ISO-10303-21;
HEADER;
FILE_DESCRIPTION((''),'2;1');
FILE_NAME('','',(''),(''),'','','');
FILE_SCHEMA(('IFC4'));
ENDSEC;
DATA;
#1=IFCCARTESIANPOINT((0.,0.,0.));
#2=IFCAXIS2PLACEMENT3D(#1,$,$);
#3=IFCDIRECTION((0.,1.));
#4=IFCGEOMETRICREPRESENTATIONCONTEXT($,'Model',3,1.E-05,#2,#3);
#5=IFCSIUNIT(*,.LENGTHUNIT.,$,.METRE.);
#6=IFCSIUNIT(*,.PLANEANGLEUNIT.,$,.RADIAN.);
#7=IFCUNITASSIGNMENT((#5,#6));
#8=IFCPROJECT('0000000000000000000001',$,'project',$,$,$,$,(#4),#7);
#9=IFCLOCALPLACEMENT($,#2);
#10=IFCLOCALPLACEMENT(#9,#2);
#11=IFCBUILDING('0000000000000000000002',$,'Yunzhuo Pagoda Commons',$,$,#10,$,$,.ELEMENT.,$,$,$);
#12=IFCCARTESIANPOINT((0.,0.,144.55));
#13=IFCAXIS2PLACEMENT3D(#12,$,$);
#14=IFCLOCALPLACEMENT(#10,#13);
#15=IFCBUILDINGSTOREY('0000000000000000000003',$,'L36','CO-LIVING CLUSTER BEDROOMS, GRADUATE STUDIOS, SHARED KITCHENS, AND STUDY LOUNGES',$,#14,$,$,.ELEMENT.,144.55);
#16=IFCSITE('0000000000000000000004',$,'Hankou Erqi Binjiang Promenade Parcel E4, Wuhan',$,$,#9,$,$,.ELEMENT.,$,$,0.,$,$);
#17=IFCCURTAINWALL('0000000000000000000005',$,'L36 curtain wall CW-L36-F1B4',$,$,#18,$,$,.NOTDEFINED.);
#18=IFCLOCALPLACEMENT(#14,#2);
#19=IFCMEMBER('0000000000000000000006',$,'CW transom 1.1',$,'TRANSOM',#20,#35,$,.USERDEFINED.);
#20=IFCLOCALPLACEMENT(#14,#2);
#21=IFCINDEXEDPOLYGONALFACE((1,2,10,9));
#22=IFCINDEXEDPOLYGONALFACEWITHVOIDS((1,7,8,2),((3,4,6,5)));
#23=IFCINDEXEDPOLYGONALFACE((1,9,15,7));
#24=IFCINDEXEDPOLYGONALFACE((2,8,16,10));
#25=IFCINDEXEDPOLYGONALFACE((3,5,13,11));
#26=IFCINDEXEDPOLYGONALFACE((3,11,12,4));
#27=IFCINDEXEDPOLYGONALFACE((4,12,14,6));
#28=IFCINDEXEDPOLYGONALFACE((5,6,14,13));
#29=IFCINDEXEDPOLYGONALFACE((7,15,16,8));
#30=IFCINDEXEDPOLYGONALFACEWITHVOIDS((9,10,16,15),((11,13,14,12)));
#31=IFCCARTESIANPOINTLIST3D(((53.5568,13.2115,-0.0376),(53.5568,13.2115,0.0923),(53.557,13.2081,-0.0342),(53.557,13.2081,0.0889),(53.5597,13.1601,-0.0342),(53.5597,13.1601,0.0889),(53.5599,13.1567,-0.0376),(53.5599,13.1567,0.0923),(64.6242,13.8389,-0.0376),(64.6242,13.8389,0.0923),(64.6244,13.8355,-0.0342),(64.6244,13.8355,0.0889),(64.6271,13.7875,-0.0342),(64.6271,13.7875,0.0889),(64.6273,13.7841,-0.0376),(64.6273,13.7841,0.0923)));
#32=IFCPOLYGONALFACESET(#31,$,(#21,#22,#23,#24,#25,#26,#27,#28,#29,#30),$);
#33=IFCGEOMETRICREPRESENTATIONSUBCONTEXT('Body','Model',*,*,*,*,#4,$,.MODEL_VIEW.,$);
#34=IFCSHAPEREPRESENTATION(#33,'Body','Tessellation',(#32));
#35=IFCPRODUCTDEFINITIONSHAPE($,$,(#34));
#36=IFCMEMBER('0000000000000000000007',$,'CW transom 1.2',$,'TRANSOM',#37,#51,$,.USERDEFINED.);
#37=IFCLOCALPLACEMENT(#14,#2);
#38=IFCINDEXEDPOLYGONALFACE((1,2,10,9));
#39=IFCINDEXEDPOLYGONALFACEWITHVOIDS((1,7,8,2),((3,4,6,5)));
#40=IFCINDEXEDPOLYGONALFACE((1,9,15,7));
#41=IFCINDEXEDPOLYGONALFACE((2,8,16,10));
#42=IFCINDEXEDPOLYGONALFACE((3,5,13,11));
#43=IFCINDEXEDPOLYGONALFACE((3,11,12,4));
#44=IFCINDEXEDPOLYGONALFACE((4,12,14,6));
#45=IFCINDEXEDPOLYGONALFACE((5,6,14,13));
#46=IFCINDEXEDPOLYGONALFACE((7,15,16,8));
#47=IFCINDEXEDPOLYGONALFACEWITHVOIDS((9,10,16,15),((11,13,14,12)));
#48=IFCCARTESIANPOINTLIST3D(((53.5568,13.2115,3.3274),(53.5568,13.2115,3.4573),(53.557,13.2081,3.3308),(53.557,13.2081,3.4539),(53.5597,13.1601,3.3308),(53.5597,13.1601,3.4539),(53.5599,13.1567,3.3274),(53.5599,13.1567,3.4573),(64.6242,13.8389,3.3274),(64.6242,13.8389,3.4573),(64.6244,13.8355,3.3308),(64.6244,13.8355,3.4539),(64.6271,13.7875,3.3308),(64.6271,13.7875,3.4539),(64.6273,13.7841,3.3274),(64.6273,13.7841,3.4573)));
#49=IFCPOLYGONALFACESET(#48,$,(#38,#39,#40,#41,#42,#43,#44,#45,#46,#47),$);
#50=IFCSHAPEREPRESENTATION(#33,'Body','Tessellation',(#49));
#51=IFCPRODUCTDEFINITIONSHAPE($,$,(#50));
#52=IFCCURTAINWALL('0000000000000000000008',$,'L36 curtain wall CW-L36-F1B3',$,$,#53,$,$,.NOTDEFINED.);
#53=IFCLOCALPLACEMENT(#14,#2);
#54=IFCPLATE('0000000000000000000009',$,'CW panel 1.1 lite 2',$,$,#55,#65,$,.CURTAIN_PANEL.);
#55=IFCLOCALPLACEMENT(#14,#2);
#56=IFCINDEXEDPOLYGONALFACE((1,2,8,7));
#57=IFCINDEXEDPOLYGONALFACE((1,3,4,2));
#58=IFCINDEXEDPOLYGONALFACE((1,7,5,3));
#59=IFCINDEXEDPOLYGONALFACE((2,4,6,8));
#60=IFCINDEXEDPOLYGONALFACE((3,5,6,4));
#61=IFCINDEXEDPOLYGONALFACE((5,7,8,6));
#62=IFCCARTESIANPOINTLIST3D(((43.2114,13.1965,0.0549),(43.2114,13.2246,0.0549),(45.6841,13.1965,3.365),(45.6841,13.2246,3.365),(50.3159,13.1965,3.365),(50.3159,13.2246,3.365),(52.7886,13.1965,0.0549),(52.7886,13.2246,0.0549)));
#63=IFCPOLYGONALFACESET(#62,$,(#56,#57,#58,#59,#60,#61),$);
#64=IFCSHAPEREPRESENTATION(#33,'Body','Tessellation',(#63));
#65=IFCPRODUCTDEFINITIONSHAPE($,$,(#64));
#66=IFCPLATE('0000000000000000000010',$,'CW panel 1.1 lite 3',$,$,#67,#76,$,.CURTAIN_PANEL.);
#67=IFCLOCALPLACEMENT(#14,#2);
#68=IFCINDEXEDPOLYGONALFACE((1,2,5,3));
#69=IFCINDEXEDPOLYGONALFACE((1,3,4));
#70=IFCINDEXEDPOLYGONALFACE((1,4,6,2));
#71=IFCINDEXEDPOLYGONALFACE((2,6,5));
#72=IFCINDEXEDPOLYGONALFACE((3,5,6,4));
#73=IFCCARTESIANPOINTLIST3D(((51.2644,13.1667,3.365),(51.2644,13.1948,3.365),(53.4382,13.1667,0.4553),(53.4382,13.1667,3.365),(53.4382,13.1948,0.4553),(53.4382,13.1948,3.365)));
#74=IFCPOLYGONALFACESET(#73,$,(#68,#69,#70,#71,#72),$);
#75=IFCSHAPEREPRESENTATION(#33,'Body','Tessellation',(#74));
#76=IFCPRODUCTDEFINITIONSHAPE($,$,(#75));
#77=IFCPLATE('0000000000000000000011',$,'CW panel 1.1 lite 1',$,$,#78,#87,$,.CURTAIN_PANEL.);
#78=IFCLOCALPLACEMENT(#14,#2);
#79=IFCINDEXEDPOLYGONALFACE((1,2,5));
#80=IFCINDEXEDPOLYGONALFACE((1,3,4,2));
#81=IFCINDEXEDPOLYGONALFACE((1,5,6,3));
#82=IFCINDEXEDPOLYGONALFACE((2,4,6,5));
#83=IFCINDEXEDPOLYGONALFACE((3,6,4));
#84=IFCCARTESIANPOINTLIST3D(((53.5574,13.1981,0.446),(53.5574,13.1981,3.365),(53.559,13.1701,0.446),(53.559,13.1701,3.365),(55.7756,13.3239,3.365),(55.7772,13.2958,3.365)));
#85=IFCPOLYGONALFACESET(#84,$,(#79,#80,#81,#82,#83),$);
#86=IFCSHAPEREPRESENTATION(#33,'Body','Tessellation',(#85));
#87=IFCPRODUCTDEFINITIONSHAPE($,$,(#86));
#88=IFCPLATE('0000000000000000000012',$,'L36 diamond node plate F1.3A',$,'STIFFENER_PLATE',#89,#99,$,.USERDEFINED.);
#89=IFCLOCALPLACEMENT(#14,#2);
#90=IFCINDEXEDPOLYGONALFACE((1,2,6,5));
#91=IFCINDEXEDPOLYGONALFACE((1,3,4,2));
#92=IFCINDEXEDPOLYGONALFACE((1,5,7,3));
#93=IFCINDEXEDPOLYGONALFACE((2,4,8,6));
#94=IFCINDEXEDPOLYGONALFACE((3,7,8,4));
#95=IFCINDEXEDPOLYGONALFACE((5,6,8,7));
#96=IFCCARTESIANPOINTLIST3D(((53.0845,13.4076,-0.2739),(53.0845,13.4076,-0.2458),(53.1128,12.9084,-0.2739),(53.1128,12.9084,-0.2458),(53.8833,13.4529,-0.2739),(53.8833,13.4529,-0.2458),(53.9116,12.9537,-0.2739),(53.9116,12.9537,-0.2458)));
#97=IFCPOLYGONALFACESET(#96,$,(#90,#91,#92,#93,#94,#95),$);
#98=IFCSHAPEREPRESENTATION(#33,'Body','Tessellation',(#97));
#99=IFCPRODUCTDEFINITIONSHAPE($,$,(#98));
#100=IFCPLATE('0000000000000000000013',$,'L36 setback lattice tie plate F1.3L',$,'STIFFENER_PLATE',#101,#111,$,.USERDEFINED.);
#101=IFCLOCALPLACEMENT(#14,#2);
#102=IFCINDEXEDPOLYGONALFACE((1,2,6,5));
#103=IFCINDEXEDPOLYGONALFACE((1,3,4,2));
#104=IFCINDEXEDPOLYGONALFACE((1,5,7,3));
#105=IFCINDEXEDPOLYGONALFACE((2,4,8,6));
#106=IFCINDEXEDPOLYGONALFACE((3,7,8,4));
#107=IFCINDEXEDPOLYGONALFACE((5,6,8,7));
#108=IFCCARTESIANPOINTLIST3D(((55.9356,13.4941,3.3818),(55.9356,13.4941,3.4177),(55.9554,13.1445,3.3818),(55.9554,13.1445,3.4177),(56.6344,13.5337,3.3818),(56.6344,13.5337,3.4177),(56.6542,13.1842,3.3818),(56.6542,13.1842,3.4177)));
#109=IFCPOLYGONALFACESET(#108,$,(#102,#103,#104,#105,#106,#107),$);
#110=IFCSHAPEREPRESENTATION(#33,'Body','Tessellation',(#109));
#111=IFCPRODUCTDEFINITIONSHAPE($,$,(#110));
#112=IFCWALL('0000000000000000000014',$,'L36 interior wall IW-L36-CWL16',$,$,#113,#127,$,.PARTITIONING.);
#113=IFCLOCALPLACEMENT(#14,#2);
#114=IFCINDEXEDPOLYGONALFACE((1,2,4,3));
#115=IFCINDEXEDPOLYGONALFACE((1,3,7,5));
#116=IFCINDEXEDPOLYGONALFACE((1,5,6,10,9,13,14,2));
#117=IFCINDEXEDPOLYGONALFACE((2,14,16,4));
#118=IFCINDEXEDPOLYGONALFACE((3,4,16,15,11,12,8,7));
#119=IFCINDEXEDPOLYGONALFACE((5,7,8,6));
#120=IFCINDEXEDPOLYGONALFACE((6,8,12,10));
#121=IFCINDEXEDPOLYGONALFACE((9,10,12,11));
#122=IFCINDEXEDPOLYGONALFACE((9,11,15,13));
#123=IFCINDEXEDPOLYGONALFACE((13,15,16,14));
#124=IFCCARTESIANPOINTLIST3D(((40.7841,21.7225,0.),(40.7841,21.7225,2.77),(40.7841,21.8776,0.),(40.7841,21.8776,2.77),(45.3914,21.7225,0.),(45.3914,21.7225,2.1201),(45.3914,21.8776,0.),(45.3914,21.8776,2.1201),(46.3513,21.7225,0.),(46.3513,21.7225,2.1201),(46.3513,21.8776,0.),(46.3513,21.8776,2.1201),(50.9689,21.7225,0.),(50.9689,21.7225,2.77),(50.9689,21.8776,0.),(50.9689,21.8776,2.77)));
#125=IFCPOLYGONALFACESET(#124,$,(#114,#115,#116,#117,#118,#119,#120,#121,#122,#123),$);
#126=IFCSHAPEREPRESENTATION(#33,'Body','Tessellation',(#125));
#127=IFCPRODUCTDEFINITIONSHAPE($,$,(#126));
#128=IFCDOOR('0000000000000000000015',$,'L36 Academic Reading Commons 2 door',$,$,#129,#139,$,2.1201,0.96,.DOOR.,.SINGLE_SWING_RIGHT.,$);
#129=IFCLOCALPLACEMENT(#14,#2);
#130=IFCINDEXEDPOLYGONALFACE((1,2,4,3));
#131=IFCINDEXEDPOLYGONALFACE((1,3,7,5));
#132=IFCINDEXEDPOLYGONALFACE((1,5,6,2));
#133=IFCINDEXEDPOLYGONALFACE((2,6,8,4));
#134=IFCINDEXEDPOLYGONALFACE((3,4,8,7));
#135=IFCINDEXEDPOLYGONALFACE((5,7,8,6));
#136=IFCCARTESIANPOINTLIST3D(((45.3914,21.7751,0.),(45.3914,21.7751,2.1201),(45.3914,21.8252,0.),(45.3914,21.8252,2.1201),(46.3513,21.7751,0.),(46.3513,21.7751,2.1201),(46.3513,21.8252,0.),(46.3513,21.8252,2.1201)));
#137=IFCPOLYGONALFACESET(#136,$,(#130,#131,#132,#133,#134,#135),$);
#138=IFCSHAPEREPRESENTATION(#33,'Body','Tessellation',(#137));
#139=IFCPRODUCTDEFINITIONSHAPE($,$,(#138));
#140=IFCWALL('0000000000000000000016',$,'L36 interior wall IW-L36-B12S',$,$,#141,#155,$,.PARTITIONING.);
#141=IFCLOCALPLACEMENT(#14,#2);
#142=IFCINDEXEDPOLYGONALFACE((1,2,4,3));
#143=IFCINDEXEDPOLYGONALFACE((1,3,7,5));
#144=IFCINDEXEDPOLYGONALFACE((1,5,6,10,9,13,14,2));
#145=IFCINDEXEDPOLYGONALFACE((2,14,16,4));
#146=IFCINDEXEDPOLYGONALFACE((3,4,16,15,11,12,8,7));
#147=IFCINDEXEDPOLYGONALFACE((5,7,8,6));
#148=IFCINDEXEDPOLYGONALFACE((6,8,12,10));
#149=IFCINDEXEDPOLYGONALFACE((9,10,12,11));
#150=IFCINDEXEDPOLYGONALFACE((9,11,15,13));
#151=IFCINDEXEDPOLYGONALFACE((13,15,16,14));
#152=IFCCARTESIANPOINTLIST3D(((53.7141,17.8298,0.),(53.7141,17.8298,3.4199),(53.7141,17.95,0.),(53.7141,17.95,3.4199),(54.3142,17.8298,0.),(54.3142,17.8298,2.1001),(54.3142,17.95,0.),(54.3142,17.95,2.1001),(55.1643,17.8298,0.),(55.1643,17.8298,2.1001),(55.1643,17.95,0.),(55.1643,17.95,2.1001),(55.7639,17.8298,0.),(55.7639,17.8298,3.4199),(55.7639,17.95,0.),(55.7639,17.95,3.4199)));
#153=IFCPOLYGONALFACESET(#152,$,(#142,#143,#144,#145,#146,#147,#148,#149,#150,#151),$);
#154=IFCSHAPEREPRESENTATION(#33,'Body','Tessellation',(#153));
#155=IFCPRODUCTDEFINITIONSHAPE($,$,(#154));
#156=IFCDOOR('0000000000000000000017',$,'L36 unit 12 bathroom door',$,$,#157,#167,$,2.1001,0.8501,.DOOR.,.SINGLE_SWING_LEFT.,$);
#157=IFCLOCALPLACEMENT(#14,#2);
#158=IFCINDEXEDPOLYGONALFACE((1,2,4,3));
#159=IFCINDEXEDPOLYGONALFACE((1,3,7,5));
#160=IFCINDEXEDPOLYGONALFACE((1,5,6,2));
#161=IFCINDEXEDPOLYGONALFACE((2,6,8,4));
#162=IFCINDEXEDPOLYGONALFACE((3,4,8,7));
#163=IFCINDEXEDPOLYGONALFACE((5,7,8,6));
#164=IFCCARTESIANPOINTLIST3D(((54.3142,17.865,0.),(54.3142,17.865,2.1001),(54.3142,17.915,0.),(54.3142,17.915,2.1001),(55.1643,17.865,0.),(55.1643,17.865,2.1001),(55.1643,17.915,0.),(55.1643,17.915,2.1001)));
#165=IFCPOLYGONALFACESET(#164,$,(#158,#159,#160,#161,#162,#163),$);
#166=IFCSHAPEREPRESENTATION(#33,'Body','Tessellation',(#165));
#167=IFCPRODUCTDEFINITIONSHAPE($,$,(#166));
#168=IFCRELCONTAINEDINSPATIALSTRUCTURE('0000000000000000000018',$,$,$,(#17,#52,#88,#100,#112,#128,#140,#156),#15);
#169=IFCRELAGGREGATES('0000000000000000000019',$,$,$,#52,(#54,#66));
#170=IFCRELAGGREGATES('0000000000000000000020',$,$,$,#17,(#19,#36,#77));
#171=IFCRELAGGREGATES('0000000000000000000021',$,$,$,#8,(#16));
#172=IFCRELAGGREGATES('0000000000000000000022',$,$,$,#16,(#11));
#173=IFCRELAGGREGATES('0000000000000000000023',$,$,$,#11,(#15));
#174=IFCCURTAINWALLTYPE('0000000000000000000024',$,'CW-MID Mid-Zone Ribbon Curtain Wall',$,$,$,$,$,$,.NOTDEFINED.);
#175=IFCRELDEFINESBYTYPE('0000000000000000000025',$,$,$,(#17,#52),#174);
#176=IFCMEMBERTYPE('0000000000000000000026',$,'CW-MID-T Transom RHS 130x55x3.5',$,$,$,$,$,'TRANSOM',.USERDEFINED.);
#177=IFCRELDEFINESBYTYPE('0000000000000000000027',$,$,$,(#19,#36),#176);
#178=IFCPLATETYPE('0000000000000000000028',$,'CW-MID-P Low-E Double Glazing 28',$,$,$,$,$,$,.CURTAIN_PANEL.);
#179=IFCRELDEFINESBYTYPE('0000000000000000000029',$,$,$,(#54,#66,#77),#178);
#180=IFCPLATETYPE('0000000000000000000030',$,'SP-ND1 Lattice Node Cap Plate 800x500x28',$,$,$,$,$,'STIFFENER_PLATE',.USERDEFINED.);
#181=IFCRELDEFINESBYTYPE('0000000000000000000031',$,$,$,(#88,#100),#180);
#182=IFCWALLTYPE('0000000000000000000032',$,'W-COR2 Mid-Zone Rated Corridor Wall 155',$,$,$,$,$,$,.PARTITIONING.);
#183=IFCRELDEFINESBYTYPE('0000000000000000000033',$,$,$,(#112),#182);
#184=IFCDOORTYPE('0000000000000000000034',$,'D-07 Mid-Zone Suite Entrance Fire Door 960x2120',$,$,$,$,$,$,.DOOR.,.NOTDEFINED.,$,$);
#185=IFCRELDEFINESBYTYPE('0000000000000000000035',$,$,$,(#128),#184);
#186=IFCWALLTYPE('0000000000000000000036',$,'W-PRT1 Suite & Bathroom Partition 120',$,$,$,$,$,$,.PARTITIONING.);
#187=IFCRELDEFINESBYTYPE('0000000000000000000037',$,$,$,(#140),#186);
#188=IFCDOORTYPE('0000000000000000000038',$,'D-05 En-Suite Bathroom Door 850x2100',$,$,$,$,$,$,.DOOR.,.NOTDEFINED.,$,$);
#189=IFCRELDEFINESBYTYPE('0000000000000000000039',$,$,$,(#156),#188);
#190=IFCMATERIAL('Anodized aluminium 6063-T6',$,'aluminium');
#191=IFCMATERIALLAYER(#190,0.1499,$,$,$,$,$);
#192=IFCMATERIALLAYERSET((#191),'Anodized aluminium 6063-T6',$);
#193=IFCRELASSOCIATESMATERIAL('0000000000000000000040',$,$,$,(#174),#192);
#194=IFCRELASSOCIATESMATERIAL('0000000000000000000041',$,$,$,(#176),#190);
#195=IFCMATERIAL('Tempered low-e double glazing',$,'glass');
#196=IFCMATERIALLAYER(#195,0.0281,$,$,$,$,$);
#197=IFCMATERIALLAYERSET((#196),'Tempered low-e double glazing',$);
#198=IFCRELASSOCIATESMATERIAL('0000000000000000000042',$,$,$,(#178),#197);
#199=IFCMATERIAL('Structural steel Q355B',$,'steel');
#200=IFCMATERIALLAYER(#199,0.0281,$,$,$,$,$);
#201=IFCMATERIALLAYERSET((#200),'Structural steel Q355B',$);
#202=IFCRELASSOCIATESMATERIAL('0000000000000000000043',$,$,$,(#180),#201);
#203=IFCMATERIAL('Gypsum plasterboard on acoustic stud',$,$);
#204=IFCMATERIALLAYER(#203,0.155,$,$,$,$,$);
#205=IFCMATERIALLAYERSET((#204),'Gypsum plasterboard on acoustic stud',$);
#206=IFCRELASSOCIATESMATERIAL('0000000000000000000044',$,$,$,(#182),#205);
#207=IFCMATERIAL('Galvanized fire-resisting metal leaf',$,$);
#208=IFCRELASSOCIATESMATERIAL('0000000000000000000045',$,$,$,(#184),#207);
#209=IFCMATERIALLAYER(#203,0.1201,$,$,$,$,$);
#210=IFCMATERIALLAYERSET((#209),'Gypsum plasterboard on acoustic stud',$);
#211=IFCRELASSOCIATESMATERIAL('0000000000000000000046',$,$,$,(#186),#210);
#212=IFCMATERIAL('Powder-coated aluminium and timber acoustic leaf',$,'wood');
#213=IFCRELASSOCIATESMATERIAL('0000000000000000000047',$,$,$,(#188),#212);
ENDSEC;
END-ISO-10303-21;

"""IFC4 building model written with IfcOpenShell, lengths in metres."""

from ifc_helpers import new_model, si_unit, direction, frame, frame_2d, origin, origin_with_axes, origin_2d, place, context, subcontext, project, spatial, polyline, rectangle, hollow_rectangle, outline, extrude, source, transform, mapped, material, layer, layer_set, material_profile, profile_set, type_object, element, fill, aggregate, save


model = new_model("IFC4")

# Units and contexts
model_context = context("Model", 3, precision=1e-05, world=origin(), true_north=direction((0.0, 1.0)))
body_context = subcontext(model_context, "Body", "Model", "MODEL_VIEW")
ifc_project = project(units=[si_unit("LENGTHUNIT", "METRE"), si_unit("PLANEANGLEUNIT", "RADIAN")], contexts=[model_context])

# Site, building, storey
site_placement = place(None, origin())
site = spatial("IfcSite", under=ifc_project, at=site_placement, Name="Hankou Erqi Binjiang Promenade Parcel E4, Wuhan", CompositionType="ELEMENT", RefElevation=0.0)
building_placement = place(site_placement, origin())
building = spatial("IfcBuilding", under=site, at=building_placement, Name="Yunzhuo Pagoda Commons", CompositionType="ELEMENT")
storey_placement = place(building_placement, frame((0.0, 0.0, 144.55)))
storey = spatial("IfcBuildingStorey", under=building, at=storey_placement, Name="L36", Description="CO-LIVING CLUSTER BEDROOMS, GRADUATE STUDIOS, SHARED KITCHENS, AND STUDY LOUNGES", CompositionType="ELEMENT", Elevation=144.55)

# Shared definitions
ifc_material_1 = material(Name="Structural steel Q355B", Category="steel")

# Curtain wall, members
ifc_material_2 = material(Name="Anodized aluminium 6063-T6", Category="aluminium")
ifc_layer_1 = layer(ifc_material_2, 0.1499)
ifc_layer_set_1 = layer_set([ifc_layer_1], Name="Anodized aluminium 6063-T6")
curtain_wall_type = type_object("IfcCurtainWallType", Name="CW-MID Mid-Zone Ribbon Curtain Wall", PredefinedType="NOTDEFINED", material=ifc_layer_set_1)
curtain_wall_1_placement = place(storey_placement, origin())
curtain_wall_1 = element("IfcCurtainWall", 1, at=curtain_wall_1_placement, inside=storey, type_object=curtain_wall_type, Name="L36 curtain wall CW-L36-F1B4", PredefinedType="NOTDEFINED")
ifc_material_profile_1 = material_profile(ifc_material_2, hollow_rectangle(XDim=0.0549, YDim=0.1299, WallThickness=0.0034, at=origin_2d()), Name="Anodized aluminium 6063-T6")
ifc_profile_set_1 = profile_set([ifc_material_profile_1], Name="Anodized aluminium 6063-T6")
member_type_1 = type_object("IfcMemberType", Name="CW-MID-T Transom RHS 130x55x3.5", ElementType="TRANSOM", PredefinedType="USERDEFINED", material=ifc_profile_set_1)
shared_shape_1 = source(origin(), body_context, "Body", "SweptSolid", [
    extrude(hollow_rectangle(XDim=0.0549, YDim=0.1299, WallThickness=0.0034, at=origin_2d()), origin(), (0.0, 0.0, 1.0), 11.0852),
])
member_1_placement = place(storey_placement, frame((53.5583, 13.1841, 0.0273), z_axis=(0.998397, 0.056602, 0.0), x_axis=(-0.056602, 0.998397, 0.0)))
member_1 = element("IfcMember", 2, at=member_1_placement, type_object=member_type_1, Name="CW transom 1.1", ObjectType="TRANSOM", PredefinedType="USERDEFINED", context=body_context, shape_type="MappedRepresentation", body=[
    mapped(shared_shape_1, transform((0.0, 0.0, 0.0), scale=1.0)),
])
member_2_placement = place(storey_placement, frame((53.5583, 13.1841, 3.3923), z_axis=(0.998397, 0.056602, 0.0), x_axis=(-0.056602, 0.998397, 0.0)))
member_2 = element("IfcMember", 3, at=member_2_placement, type_object=member_type_1, Name="CW transom 1.2", ObjectType="TRANSOM", PredefinedType="USERDEFINED", context=body_context, shape_type="MappedRepresentation", body=[
    mapped(shared_shape_1, transform((0.0, 0.0, 0.0), scale=1.0)),
])

# Curtain wall, plates
curtain_wall_2_placement = place(storey_placement, origin())
curtain_wall_2 = element("IfcCurtainWall", 4, at=curtain_wall_2_placement, inside=storey, type_object=curtain_wall_type, Name="L36 curtain wall CW-L36-F1B3", PredefinedType="NOTDEFINED")
ifc_material_3 = material(Name="Tempered low-e double glazing", Category="glass")
ifc_layer_2 = layer(ifc_material_3, 0.0281)
ifc_layer_set_2 = layer_set([ifc_layer_2], Name="Tempered low-e double glazing")
plate_type_1 = type_object("IfcPlateType", Name="CW-MID-P Low-E Double Glazing 28", PredefinedType="CURTAIN_PANEL", material=ifc_layer_set_2)
plate_1_placement = place(storey_placement, frame((48.0, 13.2246, 1.71), z_axis=(0.0, -1.0, 0.0), x_axis=(1.0, 0.0, 0.0)))
plate_1 = element("IfcPlate", 5, at=plate_1_placement, type_object=plate_type_1, Name="CW panel 1.1 lite 2", PredefinedType="CURTAIN_PANEL", context=body_context, shape_type="SweptSolid", body=[
    extrude(outline(polyline([(-4.7886, -1.655), (4.7886, -1.655), (2.3159, 1.655), (-2.3159, 1.655), (-4.7886, -1.655)])), origin(), (0.0, 0.0, 1.0), 0.0281),
])
plate_2_placement = place(storey_placement, frame((52.3513, 13.1948, 1.9102), z_axis=(0.0, -1.0, 0.0), x_axis=(1.0, 0.0, 0.0)))
plate_2 = element("IfcPlate", 6, at=plate_2_placement, type_object=plate_type_1, Name="CW panel 1.1 lite 3", PredefinedType="CURTAIN_PANEL", context=body_context, shape_type="SweptSolid", body=[
    extrude(outline(polyline([(-1.0869, 1.4548), (1.0869, -1.4548), (1.0869, 1.4548), (-1.0869, 1.4548)])), origin(), (0.0, 0.0, 1.0), 0.0281),
])
aggregate(curtain_wall_2, [plate_1, plate_2])

# Plate
plate_3_placement = place(storey_placement, frame((54.6665, 13.261, 1.9055), z_axis=(0.056597, -0.998397, 0.0), x_axis=(0.998397, 0.056597, 0.0)))
plate_3 = element("IfcPlate", 7, at=plate_3_placement, type_object=plate_type_1, Name="CW panel 1.1 lite 1", PredefinedType="CURTAIN_PANEL", context=body_context, shape_type="SweptSolid", body=[
    extrude(outline(polyline([(-1.1108, -1.4595), (1.1108, 1.4595), (-1.1108, 1.4595), (-1.1108, -1.4595)])), origin(), (0.0, 0.0, 1.0), 0.0281),
])
aggregate(curtain_wall_1, [member_1, member_2, plate_3])

# Plates
ifc_layer_3 = layer(ifc_material_1, 0.0281)
ifc_layer_set_3 = layer_set([ifc_layer_3], Name="Structural steel Q355B")
plate_type_2 = type_object("IfcPlateType", Name="SP-ND1 Lattice Node Cap Plate 800x500x28", ElementType="STIFFENER_PLATE", PredefinedType="USERDEFINED", material=ifc_layer_set_3)
shared_shape_2 = source(origin(), body_context, "Body", "SweptSolid", [
    extrude(rectangle(XDim=0.8, YDim=0.5, at=origin_2d()), origin(), (0.0, 0.0, 1.0), 0.0281),
])
plate_4_placement = place(storey_placement, frame((53.498, 13.1807, -0.2739), z_axis=(0.0, 0.0, 1.0), x_axis=(0.998397, 0.056606, 0.0)))
element("IfcPlate", 8, at=plate_4_placement, inside=storey, type_object=plate_type_2, Name="L36 diamond node plate F1.3A", ObjectType="STIFFENER_PLATE", PredefinedType="USERDEFINED", context=body_context, shape_type="MappedRepresentation", body=[
    mapped(shared_shape_2, transform((0.0, 0.0, 0.0), scale=1.0)),
])
shared_shape_3 = source(origin(), body_context, "Body", "SweptSolid", [
    extrude(rectangle(XDim=0.7, YDim=0.3501, at=origin_2d()), origin(), (0.0, 0.0, 1.0), 0.0359),
])
plate_5_placement = place(storey_placement, frame((56.2949, 13.3391, 3.3818), z_axis=(0.0, 0.0, 1.0), x_axis=(0.998397, 0.056606, 0.0)))
element("IfcPlate", 9, at=plate_5_placement, inside=storey, type_object=plate_type_2, Name="L36 setback lattice tie plate F1.3L", ObjectType="STIFFENER_PLATE", PredefinedType="USERDEFINED", context=body_context, shape_type="MappedRepresentation", body=[
    mapped(shared_shape_3, transform((0.0, 0.0, 0.0), scale=1.0)),
])

# Walls, openings, doors
ifc_material_4 = material(Name="Gypsum plasterboard on acoustic stud")
ifc_layer_4 = layer(ifc_material_4, 0.155)
ifc_layer_set_4 = layer_set([ifc_layer_4], Name="Gypsum plasterboard on acoustic stud")
wall_type_1 = type_object("IfcWallType", Name="W-COR2 Mid-Zone Rated Corridor Wall 155", PredefinedType="PARTITIONING", material=ifc_layer_set_4)
wall_1_placement = place(storey_placement, frame((50.9688, 21.8, 0.0), z_axis=(0.0, 0.0, 1.0), x_axis=(-1.0, 0.0, 0.0)))
wall_1 = element("IfcWall", 10, at=wall_1_placement, inside=storey, type_object=wall_type_1, Name="L36 interior wall IW-L36-CWL16", PredefinedType="PARTITIONING", context=body_context, shape_type="SweptSolid", body=[
    extrude(rectangle(XDim=10.1848, YDim=0.155, at=frame_2d((5.0923, 0.0))), origin(), (0.0, 0.0, 1.0), 2.77),
])
opening_1_placement = place(wall_1_placement, frame((4.6174, 0.0, 0.0)))
opening_1 = element("IfcOpeningElement", 11, at=opening_1_placement, cuts=wall_1, PredefinedType="OPENING", context=body_context, shape_type="SweptSolid", body=[
    extrude(rectangle(XDim=0.96, YDim=2.1201, at=frame_2d((0.48, 1.0601))), frame((0.0, 0.0874, 0.0), z_axis=(0.0, -1.0, 0.0), x_axis=(1.0, 0.0, 0.0)), (0.0, 0.0, 1.0), 0.175),
])
ifc_material_5 = material(Name="Galvanized fire-resisting metal leaf")
door_type_1 = type_object("IfcDoorType", Name="D-07 Mid-Zone Suite Entrance Fire Door 960x2120", OperationType="NOTDEFINED", PredefinedType="DOOR", material=ifc_material_5)
shared_shape_4 = source(origin(), body_context, "Body", "SweptSolid", [
    extrude(rectangle(XDim=0.96, YDim=2.1201, at=frame_2d((0.48, 1.0601))), frame((0.0, 0.0249, 0.0), z_axis=(0.0, -1.0, 0.0), x_axis=(1.0, 0.0, 0.0)), (0.0, 0.0, 1.0), 0.05),
])
door_1_placement = place(opening_1_placement, origin_with_axes())
door_1 = element("IfcDoor", 12, at=door_1_placement, inside=storey, type_object=door_type_1, Name="L36 Academic Reading Commons 2 door", OperationType="SINGLE_SWING_RIGHT", OverallHeight=2.1201, OverallWidth=0.96, PredefinedType="DOOR", context=body_context, shape_type="MappedRepresentation", body=[
    mapped(shared_shape_4, transform((0.0, 0.0, 0.0), scale=1.0)),
])
fill(opening_1, door_1)
ifc_layer_5 = layer(ifc_material_4, 0.1201)
ifc_layer_set_5 = layer_set([ifc_layer_5], Name="Gypsum plasterboard on acoustic stud")
wall_type_2 = type_object("IfcWallType", Name="W-PRT1 Suite & Bathroom Partition 120", PredefinedType="PARTITIONING", material=ifc_layer_set_5)
wall_2_placement = place(storey_placement, frame((53.7141, 17.8899, 0.0), z_axis=(0.0, 0.0, 1.0), x_axis=(1.0, 0.0, 0.0)))
wall_2 = element("IfcWall", 13, at=wall_2_placement, inside=storey, type_object=wall_type_2, Name="L36 interior wall IW-L36-B12S", PredefinedType="PARTITIONING", context=body_context, shape_type="SweptSolid", body=[
    extrude(rectangle(XDim=2.0498, YDim=0.1201, at=frame_2d((1.0249, 0.0))), origin(), (0.0, 0.0, 1.0), 3.4199),
])
opening_2_placement = place(wall_2_placement, frame((0.6001, 0.0, 0.0)))
opening_2 = element("IfcOpeningElement", 14, at=opening_2_placement, cuts=wall_2, PredefinedType="OPENING", context=body_context, shape_type="SweptSolid", body=[
    extrude(rectangle(XDim=0.8501, YDim=2.1001, at=frame_2d((0.425, 1.05))), frame((0.0, 0.0701, 0.0), z_axis=(0.0, -1.0, 0.0), x_axis=(1.0, 0.0, 0.0)), (0.0, 0.0, 1.0), 0.1401),
])
ifc_material_6 = material(Name="Powder-coated aluminium and timber acoustic leaf", Category="wood")
door_type_2 = type_object("IfcDoorType", Name="D-05 En-Suite Bathroom Door 850x2100", OperationType="NOTDEFINED", PredefinedType="DOOR", material=ifc_material_6)
shared_shape_5 = source(origin(), body_context, "Body", "SweptSolid", [
    extrude(rectangle(XDim=0.8501, YDim=2.1001, at=frame_2d((0.425, 1.05))), frame((0.0, 0.0249, 0.0), z_axis=(0.0, -1.0, 0.0), x_axis=(1.0, 0.0, 0.0)), (0.0, 0.0, 1.0), 0.05),
])
door_2_placement = place(opening_2_placement, frame((0.8501, 0.0, 0.0), z_axis=(0.0, 0.0, 1.0), x_axis=(-1.0, 0.0, 0.0)))
door_2 = element("IfcDoor", 15, at=door_2_placement, inside=storey, type_object=door_type_2, Name="L36 unit 12 bathroom door", OperationType="SINGLE_SWING_LEFT", OverallHeight=2.1001, OverallWidth=0.8501, PredefinedType="DOOR", context=body_context, shape_type="MappedRepresentation", body=[
    mapped(shared_shape_5, transform((0.0, 0.0, 0.0), scale=1.0)),
])
fill(opening_2, door_2)

save(model, "model.ifc")
